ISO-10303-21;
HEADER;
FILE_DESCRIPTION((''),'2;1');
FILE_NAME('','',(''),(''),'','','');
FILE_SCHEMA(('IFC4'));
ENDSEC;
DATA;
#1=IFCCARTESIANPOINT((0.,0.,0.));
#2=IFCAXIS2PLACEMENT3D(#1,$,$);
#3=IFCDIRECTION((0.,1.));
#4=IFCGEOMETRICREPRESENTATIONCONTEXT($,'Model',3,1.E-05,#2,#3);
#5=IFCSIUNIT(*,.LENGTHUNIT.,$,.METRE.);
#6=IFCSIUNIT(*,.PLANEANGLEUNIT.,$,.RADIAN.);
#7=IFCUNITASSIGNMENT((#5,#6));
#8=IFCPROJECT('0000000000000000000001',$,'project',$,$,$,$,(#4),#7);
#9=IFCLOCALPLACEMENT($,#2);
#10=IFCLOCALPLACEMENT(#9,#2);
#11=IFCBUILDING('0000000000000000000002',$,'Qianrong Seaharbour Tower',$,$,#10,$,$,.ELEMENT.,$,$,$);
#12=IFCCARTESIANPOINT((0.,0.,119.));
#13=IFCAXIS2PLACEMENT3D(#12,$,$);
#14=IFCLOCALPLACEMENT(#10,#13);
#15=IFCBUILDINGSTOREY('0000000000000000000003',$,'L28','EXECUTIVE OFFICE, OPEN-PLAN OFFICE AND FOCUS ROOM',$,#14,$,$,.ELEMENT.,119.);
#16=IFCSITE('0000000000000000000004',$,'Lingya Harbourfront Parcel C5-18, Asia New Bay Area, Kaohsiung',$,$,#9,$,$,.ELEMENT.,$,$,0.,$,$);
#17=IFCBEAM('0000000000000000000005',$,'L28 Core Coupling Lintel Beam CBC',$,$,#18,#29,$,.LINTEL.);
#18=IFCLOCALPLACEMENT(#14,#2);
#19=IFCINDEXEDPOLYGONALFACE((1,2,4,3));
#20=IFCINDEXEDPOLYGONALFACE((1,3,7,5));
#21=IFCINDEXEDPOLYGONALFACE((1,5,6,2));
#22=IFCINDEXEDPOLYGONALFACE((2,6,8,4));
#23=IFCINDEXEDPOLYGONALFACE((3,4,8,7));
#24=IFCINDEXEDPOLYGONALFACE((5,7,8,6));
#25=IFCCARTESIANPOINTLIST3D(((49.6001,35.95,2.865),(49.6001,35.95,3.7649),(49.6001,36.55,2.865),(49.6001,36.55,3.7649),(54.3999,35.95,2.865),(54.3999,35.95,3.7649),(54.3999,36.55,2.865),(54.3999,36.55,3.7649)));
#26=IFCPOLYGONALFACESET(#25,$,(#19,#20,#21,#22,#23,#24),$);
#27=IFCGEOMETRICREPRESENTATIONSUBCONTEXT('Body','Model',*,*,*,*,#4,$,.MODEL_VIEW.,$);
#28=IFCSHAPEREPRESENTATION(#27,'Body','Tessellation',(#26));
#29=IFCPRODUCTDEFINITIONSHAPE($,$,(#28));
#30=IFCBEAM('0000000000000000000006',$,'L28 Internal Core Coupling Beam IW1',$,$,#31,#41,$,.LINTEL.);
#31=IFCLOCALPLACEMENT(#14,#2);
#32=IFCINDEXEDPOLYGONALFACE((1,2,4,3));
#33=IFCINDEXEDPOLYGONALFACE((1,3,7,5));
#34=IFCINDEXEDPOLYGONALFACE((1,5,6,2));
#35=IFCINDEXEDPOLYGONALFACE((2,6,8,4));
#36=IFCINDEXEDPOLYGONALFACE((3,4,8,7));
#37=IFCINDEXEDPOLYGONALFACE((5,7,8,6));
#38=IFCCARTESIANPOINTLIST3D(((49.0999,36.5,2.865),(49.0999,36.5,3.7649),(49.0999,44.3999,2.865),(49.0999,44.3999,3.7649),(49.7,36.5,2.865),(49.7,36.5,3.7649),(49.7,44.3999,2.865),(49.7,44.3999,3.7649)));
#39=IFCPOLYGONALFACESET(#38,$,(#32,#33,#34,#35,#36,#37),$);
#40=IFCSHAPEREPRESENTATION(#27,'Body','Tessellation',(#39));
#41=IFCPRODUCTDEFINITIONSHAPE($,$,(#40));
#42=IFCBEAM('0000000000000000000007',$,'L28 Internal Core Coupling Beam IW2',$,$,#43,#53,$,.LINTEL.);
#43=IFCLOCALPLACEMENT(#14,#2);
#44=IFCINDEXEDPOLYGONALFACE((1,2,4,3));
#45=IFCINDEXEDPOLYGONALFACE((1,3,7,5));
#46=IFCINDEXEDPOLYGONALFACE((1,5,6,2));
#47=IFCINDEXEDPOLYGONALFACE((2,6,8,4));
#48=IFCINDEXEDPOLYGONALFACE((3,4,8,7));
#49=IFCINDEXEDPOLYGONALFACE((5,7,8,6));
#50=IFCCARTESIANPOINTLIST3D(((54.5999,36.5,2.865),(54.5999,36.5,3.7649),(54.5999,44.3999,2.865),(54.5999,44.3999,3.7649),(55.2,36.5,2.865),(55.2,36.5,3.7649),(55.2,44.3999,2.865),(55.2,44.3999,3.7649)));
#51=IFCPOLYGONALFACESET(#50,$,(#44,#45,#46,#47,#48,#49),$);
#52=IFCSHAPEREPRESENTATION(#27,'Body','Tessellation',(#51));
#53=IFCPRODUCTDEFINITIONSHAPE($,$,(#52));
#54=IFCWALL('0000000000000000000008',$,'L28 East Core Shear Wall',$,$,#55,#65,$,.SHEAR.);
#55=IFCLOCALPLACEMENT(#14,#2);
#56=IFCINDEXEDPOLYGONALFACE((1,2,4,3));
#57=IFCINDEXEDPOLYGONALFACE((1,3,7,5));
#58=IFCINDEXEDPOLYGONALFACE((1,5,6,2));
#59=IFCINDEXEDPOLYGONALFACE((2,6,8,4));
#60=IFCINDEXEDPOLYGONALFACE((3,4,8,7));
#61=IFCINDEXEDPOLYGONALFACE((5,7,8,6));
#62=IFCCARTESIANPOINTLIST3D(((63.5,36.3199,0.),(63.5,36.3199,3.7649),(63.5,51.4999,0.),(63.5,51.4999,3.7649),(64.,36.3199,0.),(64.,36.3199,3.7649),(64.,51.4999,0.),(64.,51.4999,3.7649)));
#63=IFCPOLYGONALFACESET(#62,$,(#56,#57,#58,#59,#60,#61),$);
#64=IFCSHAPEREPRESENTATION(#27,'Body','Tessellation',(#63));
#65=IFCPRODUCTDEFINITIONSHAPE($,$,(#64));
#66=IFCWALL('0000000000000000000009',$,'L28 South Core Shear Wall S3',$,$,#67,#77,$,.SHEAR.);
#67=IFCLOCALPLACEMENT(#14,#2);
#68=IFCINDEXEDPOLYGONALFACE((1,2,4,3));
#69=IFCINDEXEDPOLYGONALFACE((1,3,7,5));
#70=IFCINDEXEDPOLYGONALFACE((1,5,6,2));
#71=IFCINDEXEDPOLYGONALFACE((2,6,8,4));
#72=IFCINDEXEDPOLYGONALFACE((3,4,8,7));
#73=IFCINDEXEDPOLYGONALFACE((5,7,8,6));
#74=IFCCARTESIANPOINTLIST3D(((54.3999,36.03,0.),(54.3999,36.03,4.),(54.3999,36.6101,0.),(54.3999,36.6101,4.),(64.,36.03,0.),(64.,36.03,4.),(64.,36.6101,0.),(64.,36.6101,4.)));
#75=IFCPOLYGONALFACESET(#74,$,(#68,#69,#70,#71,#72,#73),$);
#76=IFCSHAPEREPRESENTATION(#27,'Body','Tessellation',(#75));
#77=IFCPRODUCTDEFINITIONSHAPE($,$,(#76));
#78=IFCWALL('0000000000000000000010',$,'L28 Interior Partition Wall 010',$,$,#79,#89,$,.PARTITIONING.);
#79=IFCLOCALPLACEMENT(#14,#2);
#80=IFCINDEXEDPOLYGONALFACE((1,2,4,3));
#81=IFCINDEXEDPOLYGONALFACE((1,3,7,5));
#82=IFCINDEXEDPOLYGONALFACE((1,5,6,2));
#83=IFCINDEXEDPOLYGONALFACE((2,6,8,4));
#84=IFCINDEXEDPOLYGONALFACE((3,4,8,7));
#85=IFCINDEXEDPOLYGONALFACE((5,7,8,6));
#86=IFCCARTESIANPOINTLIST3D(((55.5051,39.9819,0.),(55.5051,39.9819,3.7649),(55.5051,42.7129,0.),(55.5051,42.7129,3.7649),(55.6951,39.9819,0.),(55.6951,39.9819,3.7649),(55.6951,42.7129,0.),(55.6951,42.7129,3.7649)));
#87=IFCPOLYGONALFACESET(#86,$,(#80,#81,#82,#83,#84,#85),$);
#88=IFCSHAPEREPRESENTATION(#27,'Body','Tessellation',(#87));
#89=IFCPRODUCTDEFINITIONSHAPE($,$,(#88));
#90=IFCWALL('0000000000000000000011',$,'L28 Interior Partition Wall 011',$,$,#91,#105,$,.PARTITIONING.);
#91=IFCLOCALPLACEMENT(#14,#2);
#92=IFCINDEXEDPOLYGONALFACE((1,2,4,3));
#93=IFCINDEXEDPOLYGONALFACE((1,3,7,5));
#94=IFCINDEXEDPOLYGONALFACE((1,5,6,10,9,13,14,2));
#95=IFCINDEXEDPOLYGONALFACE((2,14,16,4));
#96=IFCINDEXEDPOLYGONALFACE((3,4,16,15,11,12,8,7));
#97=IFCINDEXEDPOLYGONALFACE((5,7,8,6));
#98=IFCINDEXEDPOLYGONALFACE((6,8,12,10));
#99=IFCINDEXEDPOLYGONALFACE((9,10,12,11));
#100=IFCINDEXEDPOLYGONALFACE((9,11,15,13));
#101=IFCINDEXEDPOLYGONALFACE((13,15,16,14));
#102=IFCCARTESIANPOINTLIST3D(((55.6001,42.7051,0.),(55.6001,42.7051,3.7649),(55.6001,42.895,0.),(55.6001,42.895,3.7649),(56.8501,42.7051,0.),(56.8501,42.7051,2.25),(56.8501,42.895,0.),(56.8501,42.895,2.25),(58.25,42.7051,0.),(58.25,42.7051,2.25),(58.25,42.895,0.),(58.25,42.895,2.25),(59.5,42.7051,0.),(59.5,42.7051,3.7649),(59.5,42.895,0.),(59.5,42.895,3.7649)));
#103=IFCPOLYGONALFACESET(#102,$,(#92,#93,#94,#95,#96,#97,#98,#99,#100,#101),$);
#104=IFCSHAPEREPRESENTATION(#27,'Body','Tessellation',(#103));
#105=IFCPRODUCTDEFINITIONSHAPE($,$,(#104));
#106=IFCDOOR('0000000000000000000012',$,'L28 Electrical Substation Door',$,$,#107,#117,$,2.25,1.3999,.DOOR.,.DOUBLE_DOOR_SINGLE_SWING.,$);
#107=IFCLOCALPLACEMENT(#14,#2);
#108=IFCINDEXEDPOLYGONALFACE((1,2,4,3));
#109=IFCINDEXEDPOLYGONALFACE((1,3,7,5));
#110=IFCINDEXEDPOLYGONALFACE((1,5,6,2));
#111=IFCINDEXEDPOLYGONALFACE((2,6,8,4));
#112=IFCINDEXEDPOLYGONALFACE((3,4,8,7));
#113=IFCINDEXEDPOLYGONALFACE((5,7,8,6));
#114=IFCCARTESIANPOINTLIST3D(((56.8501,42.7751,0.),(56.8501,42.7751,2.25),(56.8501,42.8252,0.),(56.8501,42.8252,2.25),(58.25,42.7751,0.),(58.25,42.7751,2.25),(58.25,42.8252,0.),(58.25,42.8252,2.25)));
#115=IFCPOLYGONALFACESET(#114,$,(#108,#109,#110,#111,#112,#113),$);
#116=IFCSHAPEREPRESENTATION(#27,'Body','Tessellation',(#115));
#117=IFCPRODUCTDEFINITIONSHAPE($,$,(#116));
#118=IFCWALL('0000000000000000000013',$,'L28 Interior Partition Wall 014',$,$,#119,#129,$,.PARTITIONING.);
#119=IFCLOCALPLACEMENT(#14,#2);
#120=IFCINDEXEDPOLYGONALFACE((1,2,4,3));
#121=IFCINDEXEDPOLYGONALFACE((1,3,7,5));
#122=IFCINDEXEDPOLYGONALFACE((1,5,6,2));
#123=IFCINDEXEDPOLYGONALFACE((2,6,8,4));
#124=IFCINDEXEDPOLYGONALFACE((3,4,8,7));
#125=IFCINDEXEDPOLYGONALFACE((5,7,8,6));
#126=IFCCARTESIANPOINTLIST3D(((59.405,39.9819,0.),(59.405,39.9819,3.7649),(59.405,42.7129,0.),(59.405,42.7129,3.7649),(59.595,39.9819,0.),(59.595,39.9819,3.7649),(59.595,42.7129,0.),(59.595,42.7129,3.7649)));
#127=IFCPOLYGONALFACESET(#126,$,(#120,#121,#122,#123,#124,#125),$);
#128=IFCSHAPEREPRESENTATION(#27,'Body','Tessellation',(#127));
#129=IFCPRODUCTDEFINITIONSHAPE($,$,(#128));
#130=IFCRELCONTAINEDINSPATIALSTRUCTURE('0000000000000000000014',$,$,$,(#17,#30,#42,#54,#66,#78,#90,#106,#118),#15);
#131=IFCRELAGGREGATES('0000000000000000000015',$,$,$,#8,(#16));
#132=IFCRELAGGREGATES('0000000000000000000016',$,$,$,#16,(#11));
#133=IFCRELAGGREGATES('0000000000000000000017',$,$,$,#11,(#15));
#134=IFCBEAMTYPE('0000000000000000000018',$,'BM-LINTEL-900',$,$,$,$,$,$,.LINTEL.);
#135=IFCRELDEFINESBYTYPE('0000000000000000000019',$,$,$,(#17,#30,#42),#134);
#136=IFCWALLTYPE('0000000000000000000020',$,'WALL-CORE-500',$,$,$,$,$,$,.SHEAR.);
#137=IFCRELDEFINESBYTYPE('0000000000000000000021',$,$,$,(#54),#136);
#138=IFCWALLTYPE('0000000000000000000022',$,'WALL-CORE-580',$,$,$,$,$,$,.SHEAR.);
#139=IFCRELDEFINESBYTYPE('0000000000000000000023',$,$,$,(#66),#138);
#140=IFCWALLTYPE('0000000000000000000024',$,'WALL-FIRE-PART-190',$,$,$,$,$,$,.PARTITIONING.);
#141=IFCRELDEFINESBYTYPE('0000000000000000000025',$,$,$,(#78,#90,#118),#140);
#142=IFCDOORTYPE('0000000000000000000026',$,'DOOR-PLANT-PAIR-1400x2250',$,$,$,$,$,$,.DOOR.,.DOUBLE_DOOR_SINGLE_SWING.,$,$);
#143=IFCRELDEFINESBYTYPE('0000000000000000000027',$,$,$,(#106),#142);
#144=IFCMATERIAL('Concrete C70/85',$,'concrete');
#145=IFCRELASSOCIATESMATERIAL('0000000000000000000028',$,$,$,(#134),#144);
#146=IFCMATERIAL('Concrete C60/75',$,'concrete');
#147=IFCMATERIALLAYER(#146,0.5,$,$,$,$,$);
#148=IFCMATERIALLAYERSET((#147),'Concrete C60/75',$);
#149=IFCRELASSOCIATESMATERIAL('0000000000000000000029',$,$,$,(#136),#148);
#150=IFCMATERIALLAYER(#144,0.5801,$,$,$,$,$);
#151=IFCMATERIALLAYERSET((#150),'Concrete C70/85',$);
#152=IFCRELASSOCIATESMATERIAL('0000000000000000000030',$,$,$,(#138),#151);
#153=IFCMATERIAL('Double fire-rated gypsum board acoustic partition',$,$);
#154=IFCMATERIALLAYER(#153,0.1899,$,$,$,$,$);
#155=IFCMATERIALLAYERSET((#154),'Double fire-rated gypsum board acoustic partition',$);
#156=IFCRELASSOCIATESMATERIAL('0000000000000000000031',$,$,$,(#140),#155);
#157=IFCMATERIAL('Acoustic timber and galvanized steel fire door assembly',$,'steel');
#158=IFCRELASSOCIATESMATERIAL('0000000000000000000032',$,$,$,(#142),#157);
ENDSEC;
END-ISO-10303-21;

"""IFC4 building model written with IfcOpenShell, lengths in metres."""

from ifc_helpers import new_model, si_unit, direction, frame, frame_2d, origin, origin_2d, place, context, subcontext, project, spatial, rectangle, extrude, material, layer, layer_set, material_profile, profile_set, type_object, element, fill, save


model = new_model("IFC4")

# Units and contexts
model_context = context("Model", 3, precision=1e-05, world=origin(), true_north=direction((0.0, 1.0)))
body_context = subcontext(model_context, "Body", "Model", "MODEL_VIEW")
ifc_project = project(units=[si_unit("LENGTHUNIT", "METRE"), si_unit("PLANEANGLEUNIT", "RADIAN")], contexts=[model_context])

# Site, building, storey
site_placement = place(None, origin())
site = spatial("IfcSite", under=ifc_project, at=site_placement, Name="Lingya Harbourfront Parcel C5-18, Asia New Bay Area, Kaohsiung", CompositionType="ELEMENT", RefElevation=0.0)
building_placement = place(site_placement, origin())
building = spatial("IfcBuilding", under=site, at=building_placement, Name="Qianrong Seaharbour Tower", CompositionType="ELEMENT")
storey_placement = place(building_placement, frame((0.0, 0.0, 119.0)))
storey = spatial("IfcBuildingStorey", under=building, at=storey_placement, Name="L28", Description="EXECUTIVE OFFICE, OPEN-PLAN OFFICE AND FOCUS ROOM", CompositionType="ELEMENT", Elevation=119.0)

# Beams
ifc_material_1 = material(Name="Concrete C70/85", Category="concrete")
ifc_material_profile = material_profile(ifc_material_1, rectangle(XDim=0.6001, YDim=0.8999, at=origin_2d()), Name="RC600x900")
ifc_profile_set = profile_set([ifc_material_profile], Name="Concrete C70/85")
beam_type = type_object("IfcBeamType", Name="BM-LINTEL-900", PredefinedType="LINTEL", material=ifc_profile_set)
beam_placement = place(storey_placement, frame((49.6001, 36.25, 3.3149), z_axis=(1.0, 0.0, 0.0), x_axis=(0.0, 1.0, 0.0)))
element("IfcBeam", 1, at=beam_placement, inside=storey, type_object=beam_type, Name="L28 Core Coupling Lintel Beam CBC", PredefinedType="LINTEL", context=body_context, shape_type="SweptSolid", body=[
    extrude(rectangle(XDim=0.6001, YDim=0.8999, at=origin_2d()), origin(), (0.0, 0.0, 1.0), 4.7998),
])
for number, where, z_axis, x_axis, name in (
    (2, (49.3999, 36.5, 3.3149), (0.0, 1.0, 0.0), (-1.0, 0.0, 0.0), "L28 Internal Core Coupling Beam IW1"),
    (3, (54.8999, 36.5, 3.3149), (0.0, 1.0, 0.0), (-1.0, 0.0, 0.0), "L28 Internal Core Coupling Beam IW2"),
):
    element("IfcBeam", number, at=place(storey_placement, frame(where, z_axis=z_axis, x_axis=x_axis)), inside=storey, type_object=beam_type, Name=name, PredefinedType="LINTEL", context=body_context, shape_type="SweptSolid", body=[
        extrude(rectangle(XDim=0.6001, YDim=0.8999, at=origin_2d()), origin(), (0.0, 0.0, 1.0), 7.8999),
    ])

# Walls
ifc_material_2 = material(Name="Concrete C60/75", Category="concrete")
ifc_layer_1 = layer(ifc_material_2, 0.5)
ifc_layer_set_1 = layer_set([ifc_layer_1], Name="Concrete C60/75")
wall_type_1 = type_object("IfcWallType", Name="WALL-CORE-500", PredefinedType="SHEAR", material=ifc_layer_set_1)
wall_1_placement = place(storey_placement, frame((63.75, 36.3201, 0.0), z_axis=(0.0, 0.0, 1.0), x_axis=(0.0, 1.0, 0.0)))
element("IfcWall", 4, at=wall_1_placement, inside=storey, type_object=wall_type_1, Name="L28 East Core Shear Wall", PredefinedType="SHEAR", context=body_context, shape_type="SweptSolid", body=[
    extrude(rectangle(XDim=15.1799, YDim=0.5, at=frame_2d((7.5898, 0.0))), origin(), (0.0, 0.0, 1.0), 3.7649),
])
ifc_layer_2 = layer(ifc_material_1, 0.5801)
ifc_layer_set_2 = layer_set([ifc_layer_2], Name="Concrete C70/85")
wall_type_2 = type_object("IfcWallType", Name="WALL-CORE-580", PredefinedType="SHEAR", material=ifc_layer_set_2)
wall_2_placement = place(storey_placement, frame((54.3999, 36.3201, 0.0), z_axis=(0.0, 0.0, 1.0), x_axis=(1.0, 0.0, 0.0)))
element("IfcWall", 5, at=wall_2_placement, inside=storey, type_object=wall_type_2, Name="L28 South Core Shear Wall S3", PredefinedType="SHEAR", context=body_context, shape_type="SweptSolid", body=[
    extrude(rectangle(XDim=9.6001, YDim=0.5801, at=frame_2d((4.8, 0.0))), origin(), (0.0, 0.0, 1.0), 4.0),
])

# Shared definitions
ifc_material_3 = material(Name="Acoustic timber and galvanized steel fire door assembly", Category="steel")

# Wall
ifc_material_4 = material(Name="Double fire-rated gypsum board acoustic partition")
ifc_layer_3 = layer(ifc_material_4, 0.1899)
ifc_layer_set_3 = layer_set([ifc_layer_3], Name="Double fire-rated gypsum board acoustic partition")
wall_type_3 = type_object("IfcWallType", Name="WALL-FIRE-PART-190", PredefinedType="PARTITIONING", material=ifc_layer_set_3)
wall_3_placement = place(storey_placement, frame((55.6001, 42.7129, 0.0), z_axis=(0.0, 0.0, 1.0), x_axis=(0.0, -1.0, 0.0)))
element("IfcWall", 6, at=wall_3_placement, inside=storey, type_object=wall_type_3, Name="L28 Interior Partition Wall 010", PredefinedType="PARTITIONING", context=body_context, shape_type="SweptSolid", body=[
    extrude(rectangle(XDim=2.731, YDim=0.1899, at=frame_2d((1.3655, 0.0))), origin(), (0.0, 0.0, 1.0), 3.7649),
])

# Wall, opening, door
wall_4_placement = place(storey_placement, frame((59.5, 42.8, 0.0), z_axis=(0.0, 0.0, 1.0), x_axis=(-1.0, 0.0, 0.0)))
wall_4 = element("IfcWall", 7, at=wall_4_placement, inside=storey, type_object=wall_type_3, Name="L28 Interior Partition Wall 011", PredefinedType="PARTITIONING", context=body_context, shape_type="SweptSolid", body=[
    extrude(rectangle(XDim=3.8999, YDim=0.1899, at=frame_2d((1.95, 0.0))), origin(), (0.0, 0.0, 1.0), 3.7649),
])
opening_1_placement = place(wall_4_placement, frame((1.25, 0.0, 0.0)))
opening_1 = element("IfcOpeningElement", 8, at=opening_1_placement, cuts=wall_4, PredefinedType="OPENING", context=body_context, shape_type="SweptSolid", body=[
    extrude(rectangle(XDim=1.3999, YDim=2.25, at=frame_2d((0.7, 1.125))), frame((0.0, 0.105, 0.0), z_axis=(0.0, -1.0, 0.0), x_axis=(1.0, 0.0, 0.0)), (0.0, 0.0, 1.0), 0.21),
])
door_type_1 = type_object("IfcDoorType", Name="DOOR-PLANT-PAIR-1400x2250", OperationType="DOUBLE_DOOR_SINGLE_SWING", PredefinedType="DOOR", material=ifc_material_3)
door_1_placement = place(opening_1_placement, origin())
door_1 = element("IfcDoor", 9, at=door_1_placement, inside=storey, type_object=door_type_1, Name="L28 Electrical Substation Door", OperationType="DOUBLE_DOOR_SINGLE_SWING", OverallHeight=2.25, OverallWidth=1.3999, PredefinedType="DOOR", context=body_context, shape_type="SweptSolid", body=[
    extrude(rectangle(XDim=1.3999, YDim=2.25, at=frame_2d((0.7, 1.125))), frame((0.0, 0.0249, 0.0), z_axis=(0.0, -1.0, 0.0), x_axis=(1.0, 0.0, 0.0)), (0.0, 0.0, 1.0), 0.05),
])
fill(opening_1, door_1)

# Wall
wall_5_placement = place(storey_placement, frame((59.5, 42.7129, 0.0), z_axis=(0.0, 0.0, 1.0), x_axis=(0.0, -1.0, 0.0)))
element("IfcWall", 10, at=wall_5_placement, inside=storey, type_object=wall_type_3, Name="L28 Interior Partition Wall 014", PredefinedType="PARTITIONING", context=body_context, shape_type="SweptSolid", body=[
    extrude(rectangle(XDim=2.731, YDim=0.1899, at=frame_2d((1.3655, 0.0))), origin(), (0.0, 0.0, 1.0), 3.7649),
])

save(model, "model.ifc")
